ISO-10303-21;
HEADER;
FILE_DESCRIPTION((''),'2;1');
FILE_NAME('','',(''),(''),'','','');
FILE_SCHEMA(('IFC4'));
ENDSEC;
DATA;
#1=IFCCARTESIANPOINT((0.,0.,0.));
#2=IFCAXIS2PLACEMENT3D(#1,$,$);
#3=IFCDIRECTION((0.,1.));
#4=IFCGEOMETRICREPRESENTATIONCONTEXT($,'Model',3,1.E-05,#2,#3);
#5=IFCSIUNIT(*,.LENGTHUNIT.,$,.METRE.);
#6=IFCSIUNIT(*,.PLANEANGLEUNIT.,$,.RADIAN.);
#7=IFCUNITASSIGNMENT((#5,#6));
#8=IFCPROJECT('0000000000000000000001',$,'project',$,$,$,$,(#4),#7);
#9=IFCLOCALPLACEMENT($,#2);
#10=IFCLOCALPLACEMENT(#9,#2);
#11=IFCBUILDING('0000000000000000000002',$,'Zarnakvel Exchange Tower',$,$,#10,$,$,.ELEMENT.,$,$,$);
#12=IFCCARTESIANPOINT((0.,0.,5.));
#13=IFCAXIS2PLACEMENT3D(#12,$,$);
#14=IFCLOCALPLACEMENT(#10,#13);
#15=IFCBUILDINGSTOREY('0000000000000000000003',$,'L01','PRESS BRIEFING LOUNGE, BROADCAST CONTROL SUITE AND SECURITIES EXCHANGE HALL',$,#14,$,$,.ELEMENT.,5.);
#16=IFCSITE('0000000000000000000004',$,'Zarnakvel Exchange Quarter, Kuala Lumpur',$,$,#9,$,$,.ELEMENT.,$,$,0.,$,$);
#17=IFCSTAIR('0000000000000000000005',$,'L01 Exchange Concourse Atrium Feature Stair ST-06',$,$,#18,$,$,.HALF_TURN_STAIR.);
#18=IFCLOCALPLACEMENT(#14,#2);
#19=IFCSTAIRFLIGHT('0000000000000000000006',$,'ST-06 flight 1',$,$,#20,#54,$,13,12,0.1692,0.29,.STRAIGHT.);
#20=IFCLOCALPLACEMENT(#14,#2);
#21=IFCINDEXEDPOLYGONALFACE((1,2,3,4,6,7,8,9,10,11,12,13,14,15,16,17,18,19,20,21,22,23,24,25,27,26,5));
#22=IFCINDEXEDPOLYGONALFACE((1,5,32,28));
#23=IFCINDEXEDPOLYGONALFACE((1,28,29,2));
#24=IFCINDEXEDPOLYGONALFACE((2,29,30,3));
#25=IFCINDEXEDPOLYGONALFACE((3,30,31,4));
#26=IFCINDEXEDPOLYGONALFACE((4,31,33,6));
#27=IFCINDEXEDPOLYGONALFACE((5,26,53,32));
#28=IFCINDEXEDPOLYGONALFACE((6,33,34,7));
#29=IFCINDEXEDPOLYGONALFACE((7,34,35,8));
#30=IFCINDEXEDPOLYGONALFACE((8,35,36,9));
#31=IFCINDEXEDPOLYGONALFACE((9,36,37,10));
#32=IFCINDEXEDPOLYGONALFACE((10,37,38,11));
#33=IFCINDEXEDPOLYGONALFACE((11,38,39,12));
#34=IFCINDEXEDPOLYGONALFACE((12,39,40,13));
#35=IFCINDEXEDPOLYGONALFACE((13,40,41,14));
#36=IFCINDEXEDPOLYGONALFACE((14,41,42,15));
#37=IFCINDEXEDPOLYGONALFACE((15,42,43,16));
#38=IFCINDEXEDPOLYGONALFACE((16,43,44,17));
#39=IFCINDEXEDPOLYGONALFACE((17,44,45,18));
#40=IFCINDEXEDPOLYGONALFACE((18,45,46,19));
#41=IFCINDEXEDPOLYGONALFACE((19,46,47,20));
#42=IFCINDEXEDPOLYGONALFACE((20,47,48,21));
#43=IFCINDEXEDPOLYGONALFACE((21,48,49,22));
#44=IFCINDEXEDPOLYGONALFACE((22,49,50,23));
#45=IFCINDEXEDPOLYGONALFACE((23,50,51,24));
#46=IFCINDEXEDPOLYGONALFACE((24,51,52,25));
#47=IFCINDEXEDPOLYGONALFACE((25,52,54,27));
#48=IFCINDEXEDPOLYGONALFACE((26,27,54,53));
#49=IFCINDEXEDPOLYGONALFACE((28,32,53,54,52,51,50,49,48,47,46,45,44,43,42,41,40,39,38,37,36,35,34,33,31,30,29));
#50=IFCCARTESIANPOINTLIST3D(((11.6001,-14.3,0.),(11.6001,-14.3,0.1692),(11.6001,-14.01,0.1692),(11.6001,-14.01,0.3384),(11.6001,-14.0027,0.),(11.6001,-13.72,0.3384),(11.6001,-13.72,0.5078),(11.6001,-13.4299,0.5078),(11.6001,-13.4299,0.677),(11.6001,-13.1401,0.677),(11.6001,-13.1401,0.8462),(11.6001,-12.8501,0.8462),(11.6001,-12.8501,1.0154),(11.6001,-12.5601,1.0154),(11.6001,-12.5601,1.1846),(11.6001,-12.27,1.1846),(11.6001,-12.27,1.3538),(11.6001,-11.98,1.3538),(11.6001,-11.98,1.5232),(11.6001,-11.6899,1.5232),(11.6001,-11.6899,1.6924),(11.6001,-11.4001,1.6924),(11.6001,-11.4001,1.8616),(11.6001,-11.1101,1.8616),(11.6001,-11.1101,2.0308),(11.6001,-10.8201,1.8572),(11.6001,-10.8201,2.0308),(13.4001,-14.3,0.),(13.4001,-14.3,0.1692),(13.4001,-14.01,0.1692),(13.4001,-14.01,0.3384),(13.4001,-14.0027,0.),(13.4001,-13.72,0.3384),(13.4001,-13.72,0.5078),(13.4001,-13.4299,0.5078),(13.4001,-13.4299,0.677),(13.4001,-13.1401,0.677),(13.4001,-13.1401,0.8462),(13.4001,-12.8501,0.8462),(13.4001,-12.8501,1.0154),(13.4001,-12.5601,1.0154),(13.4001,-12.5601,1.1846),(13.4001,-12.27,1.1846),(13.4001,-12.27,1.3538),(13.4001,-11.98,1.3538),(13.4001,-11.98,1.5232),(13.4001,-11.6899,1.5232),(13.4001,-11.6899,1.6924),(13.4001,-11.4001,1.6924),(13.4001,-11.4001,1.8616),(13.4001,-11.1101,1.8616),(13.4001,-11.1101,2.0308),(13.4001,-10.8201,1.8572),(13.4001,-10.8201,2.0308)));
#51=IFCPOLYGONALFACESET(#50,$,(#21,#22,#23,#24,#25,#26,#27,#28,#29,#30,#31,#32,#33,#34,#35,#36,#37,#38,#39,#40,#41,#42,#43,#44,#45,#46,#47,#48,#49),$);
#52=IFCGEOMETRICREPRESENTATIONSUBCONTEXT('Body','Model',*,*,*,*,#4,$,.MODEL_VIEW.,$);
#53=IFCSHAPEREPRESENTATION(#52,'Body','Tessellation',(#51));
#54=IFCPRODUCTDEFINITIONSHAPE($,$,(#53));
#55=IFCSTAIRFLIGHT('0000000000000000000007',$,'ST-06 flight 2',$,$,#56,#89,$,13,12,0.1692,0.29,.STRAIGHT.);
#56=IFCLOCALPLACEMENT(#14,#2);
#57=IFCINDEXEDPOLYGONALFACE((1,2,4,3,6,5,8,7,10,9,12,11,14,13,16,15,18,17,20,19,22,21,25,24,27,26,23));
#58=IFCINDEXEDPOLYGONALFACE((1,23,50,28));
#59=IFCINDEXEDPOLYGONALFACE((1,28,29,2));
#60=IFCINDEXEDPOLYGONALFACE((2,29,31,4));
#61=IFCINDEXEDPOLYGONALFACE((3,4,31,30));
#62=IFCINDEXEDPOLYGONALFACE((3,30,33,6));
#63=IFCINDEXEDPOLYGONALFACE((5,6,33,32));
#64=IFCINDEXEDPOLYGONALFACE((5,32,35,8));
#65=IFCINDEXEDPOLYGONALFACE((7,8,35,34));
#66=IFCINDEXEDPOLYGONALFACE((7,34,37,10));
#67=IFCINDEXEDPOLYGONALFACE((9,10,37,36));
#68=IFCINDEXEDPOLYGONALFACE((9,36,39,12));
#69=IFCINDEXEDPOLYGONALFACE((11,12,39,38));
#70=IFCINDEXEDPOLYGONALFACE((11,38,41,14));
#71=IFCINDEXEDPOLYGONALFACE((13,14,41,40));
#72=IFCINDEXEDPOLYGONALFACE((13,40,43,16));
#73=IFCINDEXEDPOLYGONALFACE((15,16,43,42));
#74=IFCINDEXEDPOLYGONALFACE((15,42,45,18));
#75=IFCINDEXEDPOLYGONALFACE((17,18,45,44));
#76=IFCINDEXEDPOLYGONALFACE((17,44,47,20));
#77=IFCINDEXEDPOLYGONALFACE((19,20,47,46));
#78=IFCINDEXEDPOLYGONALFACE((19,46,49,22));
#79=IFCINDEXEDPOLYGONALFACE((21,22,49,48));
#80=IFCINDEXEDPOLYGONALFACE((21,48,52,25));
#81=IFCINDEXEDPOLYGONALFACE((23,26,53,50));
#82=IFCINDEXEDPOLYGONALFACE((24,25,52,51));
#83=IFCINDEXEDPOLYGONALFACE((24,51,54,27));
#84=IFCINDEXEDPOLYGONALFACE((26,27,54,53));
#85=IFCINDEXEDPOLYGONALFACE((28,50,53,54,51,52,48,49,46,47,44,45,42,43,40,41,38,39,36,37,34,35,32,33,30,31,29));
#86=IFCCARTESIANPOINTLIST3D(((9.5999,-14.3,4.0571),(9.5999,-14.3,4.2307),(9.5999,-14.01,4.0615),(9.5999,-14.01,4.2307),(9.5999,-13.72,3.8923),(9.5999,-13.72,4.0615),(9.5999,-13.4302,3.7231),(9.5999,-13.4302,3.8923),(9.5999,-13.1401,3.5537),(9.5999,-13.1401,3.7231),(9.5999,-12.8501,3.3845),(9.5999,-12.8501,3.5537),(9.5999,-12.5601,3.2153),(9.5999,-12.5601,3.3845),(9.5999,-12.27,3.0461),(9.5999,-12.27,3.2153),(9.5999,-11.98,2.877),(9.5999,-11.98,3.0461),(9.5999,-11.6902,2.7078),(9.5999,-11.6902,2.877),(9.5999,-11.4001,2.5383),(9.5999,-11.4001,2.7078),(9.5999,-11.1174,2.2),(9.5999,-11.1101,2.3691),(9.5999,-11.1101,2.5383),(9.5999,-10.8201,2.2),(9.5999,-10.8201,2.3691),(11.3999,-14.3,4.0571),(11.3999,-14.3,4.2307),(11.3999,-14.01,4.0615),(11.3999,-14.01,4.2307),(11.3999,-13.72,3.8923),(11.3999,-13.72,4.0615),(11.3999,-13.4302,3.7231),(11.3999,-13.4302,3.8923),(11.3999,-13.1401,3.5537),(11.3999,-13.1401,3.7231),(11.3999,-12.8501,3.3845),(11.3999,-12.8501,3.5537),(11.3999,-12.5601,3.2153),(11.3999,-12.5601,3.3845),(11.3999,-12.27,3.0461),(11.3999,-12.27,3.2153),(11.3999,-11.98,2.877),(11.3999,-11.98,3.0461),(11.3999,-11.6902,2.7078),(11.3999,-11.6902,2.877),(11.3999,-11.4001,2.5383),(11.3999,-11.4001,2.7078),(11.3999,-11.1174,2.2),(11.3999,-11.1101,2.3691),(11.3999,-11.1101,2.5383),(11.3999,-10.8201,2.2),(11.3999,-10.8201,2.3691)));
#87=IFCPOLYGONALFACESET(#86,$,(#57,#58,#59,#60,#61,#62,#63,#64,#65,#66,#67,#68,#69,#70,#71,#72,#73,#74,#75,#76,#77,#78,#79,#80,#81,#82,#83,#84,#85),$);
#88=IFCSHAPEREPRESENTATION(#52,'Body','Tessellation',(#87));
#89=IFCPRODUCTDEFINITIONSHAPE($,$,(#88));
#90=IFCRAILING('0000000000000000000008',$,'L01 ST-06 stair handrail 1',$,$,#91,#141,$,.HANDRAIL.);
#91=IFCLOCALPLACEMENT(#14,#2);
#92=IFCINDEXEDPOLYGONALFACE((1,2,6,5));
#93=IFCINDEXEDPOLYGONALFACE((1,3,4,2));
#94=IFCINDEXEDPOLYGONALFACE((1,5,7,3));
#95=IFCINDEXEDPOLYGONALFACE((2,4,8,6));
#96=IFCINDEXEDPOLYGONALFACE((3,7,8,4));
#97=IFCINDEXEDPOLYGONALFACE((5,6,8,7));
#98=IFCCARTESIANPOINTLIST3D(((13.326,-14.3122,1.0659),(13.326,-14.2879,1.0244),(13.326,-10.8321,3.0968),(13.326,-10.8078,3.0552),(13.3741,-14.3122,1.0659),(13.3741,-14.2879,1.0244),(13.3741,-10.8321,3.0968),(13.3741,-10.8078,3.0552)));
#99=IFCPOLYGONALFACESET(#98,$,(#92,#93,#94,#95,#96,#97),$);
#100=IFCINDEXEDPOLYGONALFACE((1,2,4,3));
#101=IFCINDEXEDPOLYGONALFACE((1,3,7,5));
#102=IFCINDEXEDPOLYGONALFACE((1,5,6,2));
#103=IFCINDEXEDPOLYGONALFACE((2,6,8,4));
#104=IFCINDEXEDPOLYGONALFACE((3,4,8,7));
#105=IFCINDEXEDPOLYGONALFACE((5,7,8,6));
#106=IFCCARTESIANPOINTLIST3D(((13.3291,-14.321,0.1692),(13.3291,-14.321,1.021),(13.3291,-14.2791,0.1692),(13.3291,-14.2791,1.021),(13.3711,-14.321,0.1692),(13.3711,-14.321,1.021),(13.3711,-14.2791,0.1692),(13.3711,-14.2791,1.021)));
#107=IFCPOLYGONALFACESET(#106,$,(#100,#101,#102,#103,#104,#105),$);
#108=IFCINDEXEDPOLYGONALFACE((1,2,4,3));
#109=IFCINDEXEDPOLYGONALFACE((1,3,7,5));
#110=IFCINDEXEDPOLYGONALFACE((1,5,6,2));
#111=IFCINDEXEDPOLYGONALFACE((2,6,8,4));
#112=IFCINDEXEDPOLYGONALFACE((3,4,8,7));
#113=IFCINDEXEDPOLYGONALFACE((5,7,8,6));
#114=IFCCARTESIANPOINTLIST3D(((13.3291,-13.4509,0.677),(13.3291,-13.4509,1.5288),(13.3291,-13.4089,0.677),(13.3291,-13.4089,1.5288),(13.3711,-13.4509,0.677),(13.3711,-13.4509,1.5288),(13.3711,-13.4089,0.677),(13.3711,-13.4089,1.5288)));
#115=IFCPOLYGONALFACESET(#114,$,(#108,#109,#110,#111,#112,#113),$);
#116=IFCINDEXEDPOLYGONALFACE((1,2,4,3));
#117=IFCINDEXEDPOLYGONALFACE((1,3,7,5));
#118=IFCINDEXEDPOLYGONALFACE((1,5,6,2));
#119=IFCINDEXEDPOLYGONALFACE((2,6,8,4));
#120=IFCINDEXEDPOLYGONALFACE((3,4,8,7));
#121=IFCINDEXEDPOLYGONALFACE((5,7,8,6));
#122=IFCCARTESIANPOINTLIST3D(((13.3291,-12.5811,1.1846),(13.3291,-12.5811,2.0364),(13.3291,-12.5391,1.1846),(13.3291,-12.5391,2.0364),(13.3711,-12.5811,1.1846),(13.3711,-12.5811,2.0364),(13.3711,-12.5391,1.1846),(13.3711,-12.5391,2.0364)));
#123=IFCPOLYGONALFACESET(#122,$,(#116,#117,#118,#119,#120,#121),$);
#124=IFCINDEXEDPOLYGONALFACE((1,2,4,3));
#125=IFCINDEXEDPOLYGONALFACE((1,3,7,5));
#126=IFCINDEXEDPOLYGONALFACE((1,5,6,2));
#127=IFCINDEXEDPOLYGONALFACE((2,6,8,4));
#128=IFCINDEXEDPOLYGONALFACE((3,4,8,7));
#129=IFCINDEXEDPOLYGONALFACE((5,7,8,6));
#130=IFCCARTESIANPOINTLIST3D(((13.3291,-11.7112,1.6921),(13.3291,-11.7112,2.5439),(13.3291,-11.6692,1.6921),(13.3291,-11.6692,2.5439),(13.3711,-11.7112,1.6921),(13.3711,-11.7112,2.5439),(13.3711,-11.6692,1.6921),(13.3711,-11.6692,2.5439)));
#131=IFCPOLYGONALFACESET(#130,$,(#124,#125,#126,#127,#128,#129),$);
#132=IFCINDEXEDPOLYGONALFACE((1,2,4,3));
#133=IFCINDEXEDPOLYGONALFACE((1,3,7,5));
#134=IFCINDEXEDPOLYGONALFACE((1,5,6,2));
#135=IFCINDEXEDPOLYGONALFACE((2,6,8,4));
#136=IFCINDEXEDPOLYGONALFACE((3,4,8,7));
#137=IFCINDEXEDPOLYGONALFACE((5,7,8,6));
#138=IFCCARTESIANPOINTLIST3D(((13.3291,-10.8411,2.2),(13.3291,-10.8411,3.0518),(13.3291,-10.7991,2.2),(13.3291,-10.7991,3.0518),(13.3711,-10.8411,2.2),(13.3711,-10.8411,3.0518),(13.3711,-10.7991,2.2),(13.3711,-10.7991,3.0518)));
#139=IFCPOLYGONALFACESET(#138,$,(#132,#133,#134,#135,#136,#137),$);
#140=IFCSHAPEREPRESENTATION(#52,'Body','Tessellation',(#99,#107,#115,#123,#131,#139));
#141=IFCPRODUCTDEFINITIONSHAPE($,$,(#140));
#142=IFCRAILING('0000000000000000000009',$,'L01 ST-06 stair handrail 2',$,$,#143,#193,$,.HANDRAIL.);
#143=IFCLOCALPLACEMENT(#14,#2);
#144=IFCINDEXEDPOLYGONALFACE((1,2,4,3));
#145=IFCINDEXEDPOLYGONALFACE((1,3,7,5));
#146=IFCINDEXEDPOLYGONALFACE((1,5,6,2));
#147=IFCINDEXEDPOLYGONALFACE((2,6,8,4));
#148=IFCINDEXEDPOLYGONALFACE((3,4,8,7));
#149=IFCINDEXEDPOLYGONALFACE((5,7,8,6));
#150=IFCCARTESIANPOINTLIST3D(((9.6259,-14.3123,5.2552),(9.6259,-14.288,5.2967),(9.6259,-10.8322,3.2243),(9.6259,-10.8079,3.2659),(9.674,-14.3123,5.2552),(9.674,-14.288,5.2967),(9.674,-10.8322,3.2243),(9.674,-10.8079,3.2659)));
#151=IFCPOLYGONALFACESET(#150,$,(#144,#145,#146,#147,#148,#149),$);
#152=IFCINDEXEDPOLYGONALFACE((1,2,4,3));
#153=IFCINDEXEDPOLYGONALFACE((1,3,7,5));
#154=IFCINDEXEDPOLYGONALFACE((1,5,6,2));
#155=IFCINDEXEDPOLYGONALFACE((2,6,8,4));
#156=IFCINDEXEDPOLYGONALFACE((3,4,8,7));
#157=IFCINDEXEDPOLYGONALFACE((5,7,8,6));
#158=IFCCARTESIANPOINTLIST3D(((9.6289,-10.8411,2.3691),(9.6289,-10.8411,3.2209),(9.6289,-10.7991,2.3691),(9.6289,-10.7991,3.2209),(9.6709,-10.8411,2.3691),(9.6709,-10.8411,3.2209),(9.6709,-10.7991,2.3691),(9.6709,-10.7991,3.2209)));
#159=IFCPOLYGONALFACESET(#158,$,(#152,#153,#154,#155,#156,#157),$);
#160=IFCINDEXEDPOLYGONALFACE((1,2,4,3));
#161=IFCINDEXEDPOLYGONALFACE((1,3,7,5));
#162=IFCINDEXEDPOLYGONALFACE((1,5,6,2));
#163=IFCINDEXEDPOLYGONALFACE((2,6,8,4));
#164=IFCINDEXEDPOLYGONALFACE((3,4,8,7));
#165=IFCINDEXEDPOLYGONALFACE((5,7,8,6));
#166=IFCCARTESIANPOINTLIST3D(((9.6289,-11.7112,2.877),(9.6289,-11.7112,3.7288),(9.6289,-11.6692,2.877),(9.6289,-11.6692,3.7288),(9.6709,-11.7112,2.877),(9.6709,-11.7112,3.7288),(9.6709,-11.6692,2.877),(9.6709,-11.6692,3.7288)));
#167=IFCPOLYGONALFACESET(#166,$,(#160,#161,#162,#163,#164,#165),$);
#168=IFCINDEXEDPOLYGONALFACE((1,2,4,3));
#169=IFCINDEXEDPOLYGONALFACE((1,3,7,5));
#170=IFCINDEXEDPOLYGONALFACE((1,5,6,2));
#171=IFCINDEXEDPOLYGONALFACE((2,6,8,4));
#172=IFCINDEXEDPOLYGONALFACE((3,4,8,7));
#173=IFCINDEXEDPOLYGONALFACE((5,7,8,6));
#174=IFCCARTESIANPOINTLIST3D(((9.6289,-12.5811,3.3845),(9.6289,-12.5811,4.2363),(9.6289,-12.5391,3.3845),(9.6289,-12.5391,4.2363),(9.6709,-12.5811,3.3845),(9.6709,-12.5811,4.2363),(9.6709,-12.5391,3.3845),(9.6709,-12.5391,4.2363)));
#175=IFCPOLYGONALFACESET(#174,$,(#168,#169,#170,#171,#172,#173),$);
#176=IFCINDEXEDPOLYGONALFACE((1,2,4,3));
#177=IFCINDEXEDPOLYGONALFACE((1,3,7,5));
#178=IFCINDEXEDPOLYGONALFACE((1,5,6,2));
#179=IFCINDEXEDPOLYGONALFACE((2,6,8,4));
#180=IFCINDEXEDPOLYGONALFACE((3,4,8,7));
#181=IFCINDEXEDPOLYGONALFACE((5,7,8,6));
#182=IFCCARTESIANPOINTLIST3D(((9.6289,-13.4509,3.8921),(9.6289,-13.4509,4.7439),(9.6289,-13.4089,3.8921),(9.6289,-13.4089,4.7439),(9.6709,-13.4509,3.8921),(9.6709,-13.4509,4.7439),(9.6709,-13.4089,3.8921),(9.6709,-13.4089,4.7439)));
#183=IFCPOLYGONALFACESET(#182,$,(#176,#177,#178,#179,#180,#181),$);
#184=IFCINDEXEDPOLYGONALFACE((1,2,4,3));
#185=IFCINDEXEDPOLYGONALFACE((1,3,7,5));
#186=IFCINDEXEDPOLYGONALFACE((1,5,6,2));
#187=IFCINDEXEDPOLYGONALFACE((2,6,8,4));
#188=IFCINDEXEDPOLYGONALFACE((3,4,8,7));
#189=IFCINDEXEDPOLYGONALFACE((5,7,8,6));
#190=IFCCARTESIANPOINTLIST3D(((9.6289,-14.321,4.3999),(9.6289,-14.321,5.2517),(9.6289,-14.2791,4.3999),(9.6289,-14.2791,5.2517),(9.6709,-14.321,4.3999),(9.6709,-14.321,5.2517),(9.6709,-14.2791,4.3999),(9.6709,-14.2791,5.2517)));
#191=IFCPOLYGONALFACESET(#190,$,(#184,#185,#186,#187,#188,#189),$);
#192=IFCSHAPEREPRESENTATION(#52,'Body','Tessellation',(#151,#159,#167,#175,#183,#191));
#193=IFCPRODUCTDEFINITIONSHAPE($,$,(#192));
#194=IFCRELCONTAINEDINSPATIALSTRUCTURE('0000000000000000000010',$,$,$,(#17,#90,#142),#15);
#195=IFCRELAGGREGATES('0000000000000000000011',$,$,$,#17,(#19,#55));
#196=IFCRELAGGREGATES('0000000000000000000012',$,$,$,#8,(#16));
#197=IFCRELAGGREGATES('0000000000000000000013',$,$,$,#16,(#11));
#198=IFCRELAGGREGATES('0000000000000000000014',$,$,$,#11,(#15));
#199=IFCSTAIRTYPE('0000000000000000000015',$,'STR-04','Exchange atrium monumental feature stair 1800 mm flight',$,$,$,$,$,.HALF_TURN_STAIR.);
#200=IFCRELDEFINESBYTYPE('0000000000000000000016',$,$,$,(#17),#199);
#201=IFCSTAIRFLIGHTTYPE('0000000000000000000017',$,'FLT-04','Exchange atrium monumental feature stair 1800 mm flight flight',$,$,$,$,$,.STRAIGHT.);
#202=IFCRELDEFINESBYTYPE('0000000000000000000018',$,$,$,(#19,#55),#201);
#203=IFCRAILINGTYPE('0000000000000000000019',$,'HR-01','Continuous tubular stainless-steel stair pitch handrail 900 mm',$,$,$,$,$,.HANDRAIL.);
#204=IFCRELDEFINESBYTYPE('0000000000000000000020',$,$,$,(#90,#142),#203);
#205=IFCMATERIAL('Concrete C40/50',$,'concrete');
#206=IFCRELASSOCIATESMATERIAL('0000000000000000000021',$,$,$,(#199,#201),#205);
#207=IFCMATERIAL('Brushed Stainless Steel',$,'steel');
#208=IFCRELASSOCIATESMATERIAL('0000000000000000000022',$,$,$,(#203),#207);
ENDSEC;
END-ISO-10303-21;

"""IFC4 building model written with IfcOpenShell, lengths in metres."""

from ifc_helpers import new_model, si_unit, direction, frame, origin, origin_2d, place, context, subcontext, project, spatial, polyline, rectangle, outline, extrude, material, type_object, element, aggregate, save


model = new_model("IFC4")

# Units and contexts
model_context = context("Model", 3, precision=1e-05, world=origin(), true_north=direction((0.0, 1.0)))
body_context = subcontext(model_context, "Body", "Model", "MODEL_VIEW")
ifc_project = project(units=[si_unit("LENGTHUNIT", "METRE"), si_unit("PLANEANGLEUNIT", "RADIAN")], contexts=[model_context])

# Site, building, storey
site_placement = place(None, origin())
site = spatial("IfcSite", under=ifc_project, at=site_placement, Name="Zarnakvel Exchange Quarter, Kuala Lumpur", CompositionType="ELEMENT", RefElevation=0.0)
building_placement = place(site_placement, origin())
building = spatial("IfcBuilding", under=site, at=building_placement, Name="Zarnakvel Exchange Tower", CompositionType="ELEMENT")
storey_placement = place(building_placement, frame((0.0, 0.0, 5.0)))
storey = spatial("IfcBuildingStorey", under=building, at=storey_placement, Name="L01", Description="PRESS BRIEFING LOUNGE, BROADCAST CONTROL SUITE AND SECURITIES EXCHANGE HALL", CompositionType="ELEMENT", Elevation=5.0)

# Shared definitions
ifc_material_1 = material(Name="Concrete C40/50", Category="concrete")

# Stair, stair flights
stair_type = type_object("IfcStairType", Name="STR-04", Description="Exchange atrium monumental feature stair 1800 mm flight", PredefinedType="HALF_TURN_STAIR", material=ifc_material_1)
stair_placement = place(storey_placement, origin())
stair = element("IfcStair", 1, at=stair_placement, inside=storey, type_object=stair_type, Name="L01 Exchange Concourse Atrium Feature Stair ST-06", PredefinedType="HALF_TURN_STAIR")
stair_flight_type = type_object("IfcStairFlightType", Name="FLT-04", Description="Exchange atrium monumental feature stair 1800 mm flight flight", PredefinedType="STRAIGHT", material=ifc_material_1)
stair_flight_1_placement = place(storey_placement, frame((12.5, -14.3, 0.0), z_axis=(0.0, 0.0, 1.0), x_axis=(0.0, 1.0, 0.0)))
stair_flight_1 = element("IfcStairFlight", 2, at=stair_flight_1_placement, type_object=stair_flight_type, Name="ST-06 flight 1", NumberOfRisers=13, NumberOfTreads=12, PredefinedType="STRAIGHT", RiserHeight=0.1692, TreadLength=0.29, context=body_context, shape_type="SweptSolid", body=[
    extrude(outline(polyline([(0.0, 0.0), (0.0, 0.1692), (0.29, 0.1692), (0.29, 0.3384), (0.5801, 0.3384), (0.5801, 0.5078), (0.8701, 0.5078), (0.8701, 0.677), (1.1599, 0.677), (1.1599, 0.8462), (1.45, 0.8462), (1.45, 1.0154), (1.74, 1.0154), (1.74, 1.1846), (2.03, 1.1846), (2.03, 1.3538), (2.3201, 1.3538), (2.3201, 1.5232), (2.6101, 1.5232), (2.6101, 1.6924), (2.8999, 1.6924), (2.8999, 1.8616), (3.1899, 1.8616), (3.1899, 2.0308), (3.48, 2.0308), (3.48, 2.2), (3.48, 1.8572), (0.2974, 0.0), (0.0, 0.0)])), frame((0.0, 0.8999, 0.0), z_axis=(0.0, -1.0, 0.0), x_axis=(1.0, 0.0, 0.0)), (0.0, 0.0, 1.0), 1.8),
])
stair_flight_2_placement = place(storey_placement, frame((10.5, -10.8201, 2.2), z_axis=(0.0, 0.0, 1.0), x_axis=(0.0, -1.0, 0.0)))
stair_flight_2 = element("IfcStairFlight", 3, at=stair_flight_2_placement, type_object=stair_flight_type, Name="ST-06 flight 2", NumberOfRisers=13, NumberOfTreads=12, PredefinedType="STRAIGHT", RiserHeight=0.1692, TreadLength=0.29, context=body_context, shape_type="SweptSolid", body=[
    extrude(outline(polyline([(0.0, 0.0), (0.0, 0.1692), (0.29, 0.1692), (0.29, 0.3384), (0.5801, 0.3384), (0.5801, 0.5078), (0.8701, 0.5078), (0.8701, 0.677), (1.1599, 0.677), (1.1599, 0.8462), (1.45, 0.8462), (1.45, 1.0154), (1.74, 1.0154), (1.74, 1.1846), (2.03, 1.1846), (2.03, 1.3538), (2.3201, 1.3538), (2.3201, 1.5232), (2.6101, 1.5232), (2.6101, 1.6924), (2.8999, 1.6924), (2.8999, 1.8616), (3.1899, 1.8616), (3.1899, 2.0308), (3.48, 2.0308), (3.48, 2.2), (3.48, 1.8572), (0.2974, 0.0), (0.0, 0.0)])), frame((0.0, 0.8999, 0.0), z_axis=(0.0, -1.0, 0.0), x_axis=(1.0, 0.0, 0.0)), (0.0, 0.0, 1.0), 1.8),
])
aggregate(stair, [stair_flight_1, stair_flight_2])

# Railings
ifc_material_2 = material(Name="Brushed Stainless Steel", Category="steel")
railing_type_1 = type_object("IfcRailingType", Name="HR-01", Description="Continuous tubular stainless-steel stair pitch handrail 900 mm", PredefinedType="HANDRAIL", material=ifc_material_2)
railing_1_placement = place(storey_placement, frame((13.3501, -14.3, 0.1692)))
element("IfcRailing", 4, at=railing_1_placement, inside=storey, type_object=railing_type_1, Name="L01 ST-06 stair handrail 1", PredefinedType="HANDRAIL", context=body_context, shape_type="SweptSolid", body=[
    extrude(rectangle(XDim=0.0481, YDim=0.0481, at=origin_2d()), frame((0.0, 0.0, 0.876), z_axis=(0.0, 0.863695, 0.504014), x_axis=(-1.0, 0.0, 0.0)), (0.0, 0.0, 1.0), 4.0293),
    extrude(rectangle(XDim=0.042, YDim=0.042, at=origin_2d()), origin(), (0.0, 0.0, 1.0), 0.8518),
    extrude(rectangle(XDim=0.042, YDim=0.042, at=origin_2d()), frame((0.0, 0.8701, 0.5078)), (0.0, 0.0, 1.0), 0.8518),
    extrude(rectangle(XDim=0.042, YDim=0.042, at=origin_2d()), frame((0.0, 1.74, 1.0154)), (0.0, 0.0, 1.0), 0.8518),
    extrude(rectangle(XDim=0.042, YDim=0.042, at=origin_2d()), frame((0.0, 2.6099, 1.5229)), (0.0, 0.0, 1.0), 0.8518),
    extrude(rectangle(XDim=0.042, YDim=0.042, at=origin_2d()), frame((0.0, 3.48, 2.0308)), (0.0, 0.0, 1.0), 0.8518),
])
railing_2_placement = place(storey_placement, frame((9.6499, -10.8201, 2.3691)))
element("IfcRailing", 5, at=railing_2_placement, inside=storey, type_object=railing_type_1, Name="L01 ST-06 stair handrail 2", PredefinedType="HANDRAIL", context=body_context, shape_type="SweptSolid", body=[
    extrude(rectangle(XDim=0.0481, YDim=0.0481, at=origin_2d()), frame((0.0, 0.0, 0.876), z_axis=(0.0, -0.863695, 0.504014), x_axis=(1.0, 0.0, 0.0)), (0.0, 0.0, 1.0), 4.0293),
    extrude(rectangle(XDim=0.042, YDim=0.042, at=origin_2d()), origin(), (0.0, 0.0, 1.0), 0.8518),
    extrude(rectangle(XDim=0.042, YDim=0.042, at=origin_2d()), frame((0.0, -0.8701, 0.5078)), (0.0, 0.0, 1.0), 0.8518),
    extrude(rectangle(XDim=0.042, YDim=0.042, at=origin_2d()), frame((0.0, -1.74, 1.0154)), (0.0, 0.0, 1.0), 0.8518),
    extrude(rectangle(XDim=0.042, YDim=0.042, at=origin_2d()), frame((0.0, -2.6099, 1.5229)), (0.0, 0.0, 1.0), 0.8518),
    extrude(rectangle(XDim=0.042, YDim=0.042, at=origin_2d()), frame((0.0, -3.48, 2.0308)), (0.0, 0.0, 1.0), 0.8518),
])

save(model, "model.ifc")
